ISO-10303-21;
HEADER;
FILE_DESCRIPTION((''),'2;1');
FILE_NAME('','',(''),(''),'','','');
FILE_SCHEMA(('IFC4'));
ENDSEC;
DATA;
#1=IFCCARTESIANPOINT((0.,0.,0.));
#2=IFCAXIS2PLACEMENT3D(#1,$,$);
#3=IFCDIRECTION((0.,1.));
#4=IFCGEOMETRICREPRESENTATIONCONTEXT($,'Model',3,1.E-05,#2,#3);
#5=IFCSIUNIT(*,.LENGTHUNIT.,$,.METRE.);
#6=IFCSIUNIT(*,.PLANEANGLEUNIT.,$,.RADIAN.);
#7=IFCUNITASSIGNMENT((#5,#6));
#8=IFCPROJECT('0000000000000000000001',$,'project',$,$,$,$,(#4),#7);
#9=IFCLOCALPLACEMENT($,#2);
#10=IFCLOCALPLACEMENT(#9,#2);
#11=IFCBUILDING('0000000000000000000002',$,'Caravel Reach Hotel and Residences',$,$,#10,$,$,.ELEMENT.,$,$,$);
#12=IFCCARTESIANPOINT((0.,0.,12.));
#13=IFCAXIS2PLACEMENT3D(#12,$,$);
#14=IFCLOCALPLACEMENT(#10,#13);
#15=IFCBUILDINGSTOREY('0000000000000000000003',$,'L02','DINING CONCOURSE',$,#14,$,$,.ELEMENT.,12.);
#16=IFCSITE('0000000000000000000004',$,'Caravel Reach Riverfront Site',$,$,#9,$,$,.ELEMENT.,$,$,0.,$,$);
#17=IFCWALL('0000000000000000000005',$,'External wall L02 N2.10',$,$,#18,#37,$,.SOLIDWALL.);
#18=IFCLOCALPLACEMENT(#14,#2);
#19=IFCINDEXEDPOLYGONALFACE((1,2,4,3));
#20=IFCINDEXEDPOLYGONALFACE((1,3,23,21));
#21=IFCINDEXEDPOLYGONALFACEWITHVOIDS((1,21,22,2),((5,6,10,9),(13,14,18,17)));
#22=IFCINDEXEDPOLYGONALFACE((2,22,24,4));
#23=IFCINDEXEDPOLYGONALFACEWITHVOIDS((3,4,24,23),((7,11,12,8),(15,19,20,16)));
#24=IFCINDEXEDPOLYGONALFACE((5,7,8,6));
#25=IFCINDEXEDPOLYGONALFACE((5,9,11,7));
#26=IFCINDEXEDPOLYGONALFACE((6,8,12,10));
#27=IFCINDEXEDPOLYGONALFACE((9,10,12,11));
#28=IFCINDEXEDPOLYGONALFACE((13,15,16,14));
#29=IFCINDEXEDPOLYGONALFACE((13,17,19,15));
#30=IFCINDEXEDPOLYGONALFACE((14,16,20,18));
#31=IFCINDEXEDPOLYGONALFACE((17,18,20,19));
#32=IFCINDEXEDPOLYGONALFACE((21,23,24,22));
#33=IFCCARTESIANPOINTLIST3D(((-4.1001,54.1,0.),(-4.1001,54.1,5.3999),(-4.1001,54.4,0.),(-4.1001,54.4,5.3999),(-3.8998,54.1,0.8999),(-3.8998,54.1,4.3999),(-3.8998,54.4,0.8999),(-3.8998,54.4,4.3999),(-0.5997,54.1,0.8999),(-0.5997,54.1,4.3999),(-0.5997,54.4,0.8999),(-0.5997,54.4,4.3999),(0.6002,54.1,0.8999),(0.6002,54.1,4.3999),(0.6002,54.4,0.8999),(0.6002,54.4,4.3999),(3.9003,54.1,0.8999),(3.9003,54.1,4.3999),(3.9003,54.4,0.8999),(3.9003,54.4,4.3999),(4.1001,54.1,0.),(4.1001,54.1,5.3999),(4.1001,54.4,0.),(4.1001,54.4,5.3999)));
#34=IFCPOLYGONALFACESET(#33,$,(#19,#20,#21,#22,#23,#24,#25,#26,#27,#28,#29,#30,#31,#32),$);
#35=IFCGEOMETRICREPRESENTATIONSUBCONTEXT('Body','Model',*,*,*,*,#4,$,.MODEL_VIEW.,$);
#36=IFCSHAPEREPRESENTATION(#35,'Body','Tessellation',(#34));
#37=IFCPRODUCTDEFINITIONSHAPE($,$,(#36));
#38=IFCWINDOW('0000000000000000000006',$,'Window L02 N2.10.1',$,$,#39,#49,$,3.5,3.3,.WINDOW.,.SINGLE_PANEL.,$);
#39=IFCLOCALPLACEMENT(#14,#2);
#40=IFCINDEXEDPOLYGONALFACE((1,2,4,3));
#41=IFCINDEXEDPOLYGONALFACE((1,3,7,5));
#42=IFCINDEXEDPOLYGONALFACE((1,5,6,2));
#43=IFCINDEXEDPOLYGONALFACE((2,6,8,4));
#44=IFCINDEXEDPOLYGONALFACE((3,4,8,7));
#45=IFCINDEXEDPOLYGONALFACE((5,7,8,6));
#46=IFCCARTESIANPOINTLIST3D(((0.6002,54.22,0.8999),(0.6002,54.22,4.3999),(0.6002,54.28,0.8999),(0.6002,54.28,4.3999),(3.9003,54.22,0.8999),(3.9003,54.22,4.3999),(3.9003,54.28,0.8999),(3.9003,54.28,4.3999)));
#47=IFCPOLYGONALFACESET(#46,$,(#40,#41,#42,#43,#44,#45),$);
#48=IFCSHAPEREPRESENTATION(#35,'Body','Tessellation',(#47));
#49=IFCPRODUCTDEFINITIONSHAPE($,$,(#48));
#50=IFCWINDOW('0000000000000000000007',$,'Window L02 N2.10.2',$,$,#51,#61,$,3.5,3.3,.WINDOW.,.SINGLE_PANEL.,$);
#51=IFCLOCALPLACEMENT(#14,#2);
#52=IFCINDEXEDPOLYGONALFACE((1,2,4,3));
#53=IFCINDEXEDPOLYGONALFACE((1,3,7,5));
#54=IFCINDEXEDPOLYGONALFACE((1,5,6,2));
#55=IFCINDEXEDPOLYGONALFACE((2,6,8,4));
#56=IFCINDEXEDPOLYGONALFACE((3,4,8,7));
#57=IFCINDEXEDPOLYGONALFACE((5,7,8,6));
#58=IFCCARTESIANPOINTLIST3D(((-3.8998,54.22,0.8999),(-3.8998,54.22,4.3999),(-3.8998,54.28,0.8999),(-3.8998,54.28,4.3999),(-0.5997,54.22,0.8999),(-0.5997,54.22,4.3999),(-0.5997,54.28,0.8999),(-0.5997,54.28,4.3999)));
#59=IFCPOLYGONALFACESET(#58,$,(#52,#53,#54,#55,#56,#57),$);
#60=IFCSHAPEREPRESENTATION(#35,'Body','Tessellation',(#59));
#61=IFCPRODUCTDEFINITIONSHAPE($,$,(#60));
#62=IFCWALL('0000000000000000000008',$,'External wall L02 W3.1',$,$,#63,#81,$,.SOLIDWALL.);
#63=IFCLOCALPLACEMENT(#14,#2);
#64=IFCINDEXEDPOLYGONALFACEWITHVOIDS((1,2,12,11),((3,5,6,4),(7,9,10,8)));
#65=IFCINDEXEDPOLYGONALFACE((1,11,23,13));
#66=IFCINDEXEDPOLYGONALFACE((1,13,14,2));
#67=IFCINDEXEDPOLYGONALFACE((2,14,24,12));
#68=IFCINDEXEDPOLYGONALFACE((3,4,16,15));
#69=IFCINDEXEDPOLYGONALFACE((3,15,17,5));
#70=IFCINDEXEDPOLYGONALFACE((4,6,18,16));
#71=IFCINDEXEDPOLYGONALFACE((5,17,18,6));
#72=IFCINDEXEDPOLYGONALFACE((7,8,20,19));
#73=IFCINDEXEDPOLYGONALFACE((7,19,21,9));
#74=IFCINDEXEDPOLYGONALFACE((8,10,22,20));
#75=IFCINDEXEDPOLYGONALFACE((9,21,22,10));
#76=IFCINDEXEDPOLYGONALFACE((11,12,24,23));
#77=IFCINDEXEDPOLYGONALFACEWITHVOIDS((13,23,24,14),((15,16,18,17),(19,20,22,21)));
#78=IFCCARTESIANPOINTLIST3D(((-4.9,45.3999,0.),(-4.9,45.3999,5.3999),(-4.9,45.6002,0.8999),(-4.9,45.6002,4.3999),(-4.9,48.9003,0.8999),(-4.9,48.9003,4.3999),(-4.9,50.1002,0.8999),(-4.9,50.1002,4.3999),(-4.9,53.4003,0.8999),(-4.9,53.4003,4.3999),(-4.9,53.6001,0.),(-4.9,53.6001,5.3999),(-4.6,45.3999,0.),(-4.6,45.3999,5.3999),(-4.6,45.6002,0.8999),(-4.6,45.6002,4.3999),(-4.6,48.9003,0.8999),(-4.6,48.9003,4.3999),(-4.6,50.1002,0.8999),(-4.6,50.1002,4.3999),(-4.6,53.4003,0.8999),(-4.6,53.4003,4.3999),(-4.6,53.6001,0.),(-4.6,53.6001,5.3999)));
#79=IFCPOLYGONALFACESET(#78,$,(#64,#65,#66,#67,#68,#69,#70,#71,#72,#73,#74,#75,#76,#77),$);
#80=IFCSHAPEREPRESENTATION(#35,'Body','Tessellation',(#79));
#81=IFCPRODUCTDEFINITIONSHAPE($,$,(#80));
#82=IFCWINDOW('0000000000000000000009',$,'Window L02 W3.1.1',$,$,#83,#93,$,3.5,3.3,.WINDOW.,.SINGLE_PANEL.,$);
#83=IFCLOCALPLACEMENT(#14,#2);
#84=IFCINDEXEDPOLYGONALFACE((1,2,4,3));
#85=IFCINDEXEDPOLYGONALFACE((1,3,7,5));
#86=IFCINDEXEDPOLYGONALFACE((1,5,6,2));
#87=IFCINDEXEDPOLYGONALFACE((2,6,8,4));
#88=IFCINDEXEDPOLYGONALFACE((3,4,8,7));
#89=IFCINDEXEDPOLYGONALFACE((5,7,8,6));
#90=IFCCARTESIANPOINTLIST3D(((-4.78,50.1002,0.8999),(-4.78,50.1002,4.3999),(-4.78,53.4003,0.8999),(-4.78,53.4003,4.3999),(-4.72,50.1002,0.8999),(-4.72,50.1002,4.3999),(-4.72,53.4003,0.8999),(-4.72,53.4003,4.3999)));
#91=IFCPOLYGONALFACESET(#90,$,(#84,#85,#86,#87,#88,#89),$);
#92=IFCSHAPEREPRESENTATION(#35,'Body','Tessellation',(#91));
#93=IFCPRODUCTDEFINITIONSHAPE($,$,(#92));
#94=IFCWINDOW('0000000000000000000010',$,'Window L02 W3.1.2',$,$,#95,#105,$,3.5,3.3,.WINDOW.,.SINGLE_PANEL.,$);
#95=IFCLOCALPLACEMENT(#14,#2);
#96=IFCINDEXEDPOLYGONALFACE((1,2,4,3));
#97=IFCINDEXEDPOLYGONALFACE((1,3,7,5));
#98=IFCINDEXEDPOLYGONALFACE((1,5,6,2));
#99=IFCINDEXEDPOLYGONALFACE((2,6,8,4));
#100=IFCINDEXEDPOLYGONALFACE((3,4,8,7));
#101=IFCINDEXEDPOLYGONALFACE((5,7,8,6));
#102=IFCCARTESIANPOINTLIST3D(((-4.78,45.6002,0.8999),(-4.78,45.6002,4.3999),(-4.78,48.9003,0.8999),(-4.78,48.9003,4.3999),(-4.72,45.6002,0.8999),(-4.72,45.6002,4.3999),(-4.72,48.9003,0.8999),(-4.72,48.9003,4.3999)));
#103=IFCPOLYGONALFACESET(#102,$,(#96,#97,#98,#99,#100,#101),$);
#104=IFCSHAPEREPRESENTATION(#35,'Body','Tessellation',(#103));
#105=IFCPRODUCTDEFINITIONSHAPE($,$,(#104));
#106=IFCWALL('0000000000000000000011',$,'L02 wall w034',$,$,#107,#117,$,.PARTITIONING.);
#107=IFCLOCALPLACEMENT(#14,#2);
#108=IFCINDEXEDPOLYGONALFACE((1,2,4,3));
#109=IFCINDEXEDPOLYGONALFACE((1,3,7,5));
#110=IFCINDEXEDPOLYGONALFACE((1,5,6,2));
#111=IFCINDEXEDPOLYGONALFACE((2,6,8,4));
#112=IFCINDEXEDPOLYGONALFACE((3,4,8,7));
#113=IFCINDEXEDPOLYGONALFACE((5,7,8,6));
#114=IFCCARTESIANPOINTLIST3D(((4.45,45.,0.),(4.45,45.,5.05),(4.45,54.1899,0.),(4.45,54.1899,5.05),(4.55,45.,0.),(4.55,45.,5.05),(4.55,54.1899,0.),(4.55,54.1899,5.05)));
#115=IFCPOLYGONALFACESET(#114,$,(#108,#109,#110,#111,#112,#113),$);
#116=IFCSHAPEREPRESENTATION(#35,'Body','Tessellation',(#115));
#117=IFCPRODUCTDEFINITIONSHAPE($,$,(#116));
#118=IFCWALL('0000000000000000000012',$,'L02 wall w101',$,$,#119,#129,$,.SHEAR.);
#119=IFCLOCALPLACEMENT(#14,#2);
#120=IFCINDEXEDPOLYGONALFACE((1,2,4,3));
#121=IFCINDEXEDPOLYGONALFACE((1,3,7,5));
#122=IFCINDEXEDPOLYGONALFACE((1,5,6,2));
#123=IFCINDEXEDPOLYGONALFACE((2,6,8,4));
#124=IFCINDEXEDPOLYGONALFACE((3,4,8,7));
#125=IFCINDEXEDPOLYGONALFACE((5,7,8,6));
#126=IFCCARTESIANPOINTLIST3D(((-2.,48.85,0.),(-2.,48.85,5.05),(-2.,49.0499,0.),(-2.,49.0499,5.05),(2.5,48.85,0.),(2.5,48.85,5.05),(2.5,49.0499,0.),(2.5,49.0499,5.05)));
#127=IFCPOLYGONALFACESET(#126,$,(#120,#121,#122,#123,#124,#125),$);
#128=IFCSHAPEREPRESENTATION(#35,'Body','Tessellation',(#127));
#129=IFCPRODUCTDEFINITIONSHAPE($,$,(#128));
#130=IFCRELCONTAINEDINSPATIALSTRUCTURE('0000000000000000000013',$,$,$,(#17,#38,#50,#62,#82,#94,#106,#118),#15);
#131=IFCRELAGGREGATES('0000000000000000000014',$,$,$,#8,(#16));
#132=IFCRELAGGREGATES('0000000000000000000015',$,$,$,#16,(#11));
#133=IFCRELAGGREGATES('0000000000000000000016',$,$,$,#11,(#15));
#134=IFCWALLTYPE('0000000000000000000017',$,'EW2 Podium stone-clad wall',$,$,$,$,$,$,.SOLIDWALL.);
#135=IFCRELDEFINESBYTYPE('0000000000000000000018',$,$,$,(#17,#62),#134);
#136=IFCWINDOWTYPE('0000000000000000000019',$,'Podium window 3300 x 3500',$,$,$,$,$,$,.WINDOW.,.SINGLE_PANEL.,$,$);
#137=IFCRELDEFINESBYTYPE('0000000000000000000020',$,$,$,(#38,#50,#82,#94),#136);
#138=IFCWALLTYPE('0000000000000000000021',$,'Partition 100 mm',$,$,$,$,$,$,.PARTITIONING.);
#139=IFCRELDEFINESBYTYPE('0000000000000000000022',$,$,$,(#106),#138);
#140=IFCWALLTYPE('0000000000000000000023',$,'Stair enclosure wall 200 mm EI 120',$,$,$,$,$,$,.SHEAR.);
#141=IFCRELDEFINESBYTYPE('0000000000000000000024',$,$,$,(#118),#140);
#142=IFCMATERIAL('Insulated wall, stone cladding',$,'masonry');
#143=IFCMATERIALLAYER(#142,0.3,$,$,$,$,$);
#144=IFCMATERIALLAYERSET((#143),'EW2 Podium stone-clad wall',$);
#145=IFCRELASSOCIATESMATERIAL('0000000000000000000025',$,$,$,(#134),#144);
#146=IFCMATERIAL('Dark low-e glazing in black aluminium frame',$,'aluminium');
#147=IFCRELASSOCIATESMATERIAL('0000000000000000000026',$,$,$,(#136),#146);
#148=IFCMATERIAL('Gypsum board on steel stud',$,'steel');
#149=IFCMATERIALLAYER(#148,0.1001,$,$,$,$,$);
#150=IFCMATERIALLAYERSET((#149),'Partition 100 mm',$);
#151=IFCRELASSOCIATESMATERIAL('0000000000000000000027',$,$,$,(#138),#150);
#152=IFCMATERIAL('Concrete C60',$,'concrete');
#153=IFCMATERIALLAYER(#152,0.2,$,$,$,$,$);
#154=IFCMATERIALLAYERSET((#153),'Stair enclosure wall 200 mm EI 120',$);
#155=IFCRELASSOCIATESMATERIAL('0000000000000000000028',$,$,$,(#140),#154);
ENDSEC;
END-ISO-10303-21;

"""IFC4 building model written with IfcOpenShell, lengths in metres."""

from ifc_helpers import new_model, si_unit, direction, frame, frame_2d, origin, place, context, subcontext, project, spatial, rectangle, extrude, material, layer, layer_set, type_object, element, fill, save


model = new_model("IFC4")

# Units and contexts
model_context = context("Model", 3, precision=1e-05, world=origin(), true_north=direction((0.0, 1.0)))
body_context = subcontext(model_context, "Body", "Model", "MODEL_VIEW")
ifc_project = project(units=[si_unit("LENGTHUNIT", "METRE"), si_unit("PLANEANGLEUNIT", "RADIAN")], contexts=[model_context])

# Site, building, storey
site_placement = place(None, origin())
site = spatial("IfcSite", under=ifc_project, at=site_placement, Name="Caravel Reach Riverfront Site", CompositionType="ELEMENT", RefElevation=0.0)
building_placement = place(site_placement, origin())
building = spatial("IfcBuilding", under=site, at=building_placement, Name="Caravel Reach Hotel and Residences", CompositionType="ELEMENT")
storey_placement = place(building_placement, frame((0.0, 0.0, 12.0)))
storey = spatial("IfcBuildingStorey", under=building, at=storey_placement, Name="L02", Description="DINING CONCOURSE", CompositionType="ELEMENT", Elevation=12.0)

# Walls, openings, windows
ifc_material_1 = material(Name="Insulated wall, stone cladding", Category="masonry")
ifc_layer_1 = layer(ifc_material_1, 0.3)
ifc_layer_set_1 = layer_set([ifc_layer_1], Name="EW2 Podium stone-clad wall")
wall_type_1 = type_object("IfcWallType", Name="EW2 Podium stone-clad wall", PredefinedType="SOLIDWALL", material=ifc_layer_set_1)
wall_1_placement = place(storey_placement, frame((4.1001, 54.25, 0.0), z_axis=(0.0, 0.0, 1.0), x_axis=(-1.0, 0.0, 0.0)))
wall_1 = element("IfcWall", 1, at=wall_1_placement, inside=storey, type_object=wall_type_1, Name="External wall L02 N2.10", PredefinedType="SOLIDWALL", context=body_context, shape_type="SweptSolid", body=[
    extrude(rectangle(XDim=8.2002, YDim=0.3, at=frame_2d((4.1001, 0.0))), origin(), (0.0, 0.0, 1.0), 5.3999),
])
opening_1_placement = place(wall_1_placement, frame((0.2, 0.0, 0.8999)))
opening_1 = element("IfcOpeningElement", 2, at=opening_1_placement, cuts=wall_1, PredefinedType="OPENING", context=body_context, shape_type="SweptSolid", body=[
    extrude(rectangle(XDim=3.3, YDim=3.5, at=frame_2d((1.6499, 1.75))), frame((0.0, 0.1599, 0.0), z_axis=(0.0, -1.0, 0.0), x_axis=(1.0, 0.0, 0.0)), (0.0, 0.0, 1.0), 0.3201),
])
opening_2_placement = place(wall_1_placement, frame((4.7, 0.0, 0.8999)))
opening_2 = element("IfcOpeningElement", 3, at=opening_2_placement, cuts=wall_1, PredefinedType="OPENING", context=body_context, shape_type="SweptSolid", body=[
    extrude(rectangle(XDim=3.3, YDim=3.5, at=frame_2d((1.6499, 1.75))), frame((0.0, 0.1599, 0.0), z_axis=(0.0, -1.0, 0.0), x_axis=(1.0, 0.0, 0.0)), (0.0, 0.0, 1.0), 0.3201),
])
ifc_material_2 = material(Name="Dark low-e glazing in black aluminium frame", Category="aluminium")
window_type = type_object("IfcWindowType", Name="Podium window 3300 x 3500", PartitioningType="SINGLE_PANEL", PredefinedType="WINDOW", material=ifc_material_2)
window_1_placement = place(opening_1_placement, origin())
window_1 = element("IfcWindow", 4, at=window_1_placement, inside=storey, type_object=window_type, Name="Window L02 N2.10.1", OverallHeight=3.5, OverallWidth=3.3, PartitioningType="SINGLE_PANEL", PredefinedType="WINDOW", context=body_context, shape_type="SweptSolid", body=[
    extrude(rectangle(XDim=3.3, YDim=3.5, at=frame_2d((1.6499, 1.75))), frame((0.0, 0.03, 0.0), z_axis=(0.0, -1.0, 0.0), x_axis=(1.0, 0.0, 0.0)), (0.0, 0.0, 1.0), 0.0601),
])
fill(opening_1, window_1)
window_2_placement = place(opening_2_placement, origin())
window_2 = element("IfcWindow", 5, at=window_2_placement, inside=storey, type_object=window_type, Name="Window L02 N2.10.2", OverallHeight=3.5, OverallWidth=3.3, PartitioningType="SINGLE_PANEL", PredefinedType="WINDOW", context=body_context, shape_type="SweptSolid", body=[
    extrude(rectangle(XDim=3.3, YDim=3.5, at=frame_2d((1.6499, 1.75))), frame((0.0, 0.03, 0.0), z_axis=(0.0, -1.0, 0.0), x_axis=(1.0, 0.0, 0.0)), (0.0, 0.0, 1.0), 0.0601),
])
fill(opening_2, window_2)
wall_2_placement = place(storey_placement, frame((-4.75, 53.6001, 0.0), z_axis=(0.0, 0.0, 1.0), x_axis=(0.0, -1.0, 0.0)))
wall_2 = element("IfcWall", 6, at=wall_2_placement, inside=storey, type_object=wall_type_1, Name="External wall L02 W3.1", PredefinedType="SOLIDWALL", context=body_context, shape_type="SweptSolid", body=[
    extrude(rectangle(XDim=8.2002, YDim=0.3, at=frame_2d((4.1001, 0.0))), origin(), (0.0, 0.0, 1.0), 5.3999),
])
opening_3_placement = place(wall_2_placement, frame((0.2, 0.0, 0.8999)))
opening_3 = element("IfcOpeningElement", 7, at=opening_3_placement, cuts=wall_2, PredefinedType="OPENING", context=body_context, shape_type="SweptSolid", body=[
    extrude(rectangle(XDim=3.3, YDim=3.5, at=frame_2d((1.6499, 1.75))), frame((0.0, 0.1599, 0.0), z_axis=(0.0, -1.0, 0.0), x_axis=(1.0, 0.0, 0.0)), (0.0, 0.0, 1.0), 0.3201),
])
opening_4_placement = place(wall_2_placement, frame((4.7, 0.0, 0.8999)))
opening_4 = element("IfcOpeningElement", 8, at=opening_4_placement, cuts=wall_2, PredefinedType="OPENING", context=body_context, shape_type="SweptSolid", body=[
    extrude(rectangle(XDim=3.3, YDim=3.5, at=frame_2d((1.6499, 1.75))), frame((0.0, 0.1599, 0.0), z_axis=(0.0, -1.0, 0.0), x_axis=(1.0, 0.0, 0.0)), (0.0, 0.0, 1.0), 0.3201),
])
window_3_placement = place(opening_3_placement, origin())
window_3 = element("IfcWindow", 9, at=window_3_placement, inside=storey, type_object=window_type, Name="Window L02 W3.1.1", OverallHeight=3.5, OverallWidth=3.3, PartitioningType="SINGLE_PANEL", PredefinedType="WINDOW", context=body_context, shape_type="SweptSolid", body=[
    extrude(rectangle(XDim=3.3, YDim=3.5, at=frame_2d((1.6499, 1.75))), frame((0.0, 0.03, 0.0), z_axis=(0.0, -1.0, 0.0), x_axis=(1.0, 0.0, 0.0)), (0.0, 0.0, 1.0), 0.0601),
])
fill(opening_3, window_3)
window_4_placement = place(opening_4_placement, origin())
window_4 = element("IfcWindow", 10, at=window_4_placement, inside=storey, type_object=window_type, Name="Window L02 W3.1.2", OverallHeight=3.5, OverallWidth=3.3, PartitioningType="SINGLE_PANEL", PredefinedType="WINDOW", context=body_context, shape_type="SweptSolid", body=[
    extrude(rectangle(XDim=3.3, YDim=3.5, at=frame_2d((1.6499, 1.75))), frame((0.0, 0.03, 0.0), z_axis=(0.0, -1.0, 0.0), x_axis=(1.0, 0.0, 0.0)), (0.0, 0.0, 1.0), 0.0601),
])
fill(opening_4, window_4)

# Walls
ifc_material_3 = material(Name="Gypsum board on steel stud", Category="steel")
ifc_layer_2 = layer(ifc_material_3, 0.1001)
ifc_layer_set_2 = layer_set([ifc_layer_2], Name="Partition 100 mm")
wall_type_2 = type_object("IfcWallType", Name="Partition 100 mm", PredefinedType="PARTITIONING", material=ifc_layer_set_2)
wall_3_placement = place(storey_placement, frame((4.5, 45.0, 0.0), z_axis=(0.0, 0.0, 1.0), x_axis=(0.0, 1.0, 0.0)))
element("IfcWall", 11, at=wall_3_placement, inside=storey, type_object=wall_type_2, Name="L02 wall w034", PredefinedType="PARTITIONING", context=body_context, shape_type="SweptSolid", body=[
    extrude(rectangle(XDim=9.1899, YDim=0.1001, at=frame_2d((4.595, 0.0))), origin(), (0.0, 0.0, 1.0), 5.05),
])
ifc_material_4 = material(Name="Concrete C60", Category="concrete")
ifc_layer_3 = layer(ifc_material_4, 0.2)
ifc_layer_set_3 = layer_set([ifc_layer_3], Name="Stair enclosure wall 200 mm EI 120")
wall_type_3 = type_object("IfcWallType", Name="Stair enclosure wall 200 mm EI 120", PredefinedType="SHEAR", material=ifc_layer_set_3)
wall_4_placement = place(storey_placement, frame((-2.0, 48.95, 0.0), z_axis=(0.0, 0.0, 1.0), x_axis=(1.0, 0.0, 0.0)))
element("IfcWall", 12, at=wall_4_placement, inside=storey, type_object=wall_type_3, Name="L02 wall w101", PredefinedType="SHEAR", context=body_context, shape_type="SweptSolid", body=[
    extrude(rectangle(XDim=4.5, YDim=0.2, at=frame_2d((2.25, 0.0))), origin(), (0.0, 0.0, 1.0), 5.05),
])

save(model, "model.ifc")
